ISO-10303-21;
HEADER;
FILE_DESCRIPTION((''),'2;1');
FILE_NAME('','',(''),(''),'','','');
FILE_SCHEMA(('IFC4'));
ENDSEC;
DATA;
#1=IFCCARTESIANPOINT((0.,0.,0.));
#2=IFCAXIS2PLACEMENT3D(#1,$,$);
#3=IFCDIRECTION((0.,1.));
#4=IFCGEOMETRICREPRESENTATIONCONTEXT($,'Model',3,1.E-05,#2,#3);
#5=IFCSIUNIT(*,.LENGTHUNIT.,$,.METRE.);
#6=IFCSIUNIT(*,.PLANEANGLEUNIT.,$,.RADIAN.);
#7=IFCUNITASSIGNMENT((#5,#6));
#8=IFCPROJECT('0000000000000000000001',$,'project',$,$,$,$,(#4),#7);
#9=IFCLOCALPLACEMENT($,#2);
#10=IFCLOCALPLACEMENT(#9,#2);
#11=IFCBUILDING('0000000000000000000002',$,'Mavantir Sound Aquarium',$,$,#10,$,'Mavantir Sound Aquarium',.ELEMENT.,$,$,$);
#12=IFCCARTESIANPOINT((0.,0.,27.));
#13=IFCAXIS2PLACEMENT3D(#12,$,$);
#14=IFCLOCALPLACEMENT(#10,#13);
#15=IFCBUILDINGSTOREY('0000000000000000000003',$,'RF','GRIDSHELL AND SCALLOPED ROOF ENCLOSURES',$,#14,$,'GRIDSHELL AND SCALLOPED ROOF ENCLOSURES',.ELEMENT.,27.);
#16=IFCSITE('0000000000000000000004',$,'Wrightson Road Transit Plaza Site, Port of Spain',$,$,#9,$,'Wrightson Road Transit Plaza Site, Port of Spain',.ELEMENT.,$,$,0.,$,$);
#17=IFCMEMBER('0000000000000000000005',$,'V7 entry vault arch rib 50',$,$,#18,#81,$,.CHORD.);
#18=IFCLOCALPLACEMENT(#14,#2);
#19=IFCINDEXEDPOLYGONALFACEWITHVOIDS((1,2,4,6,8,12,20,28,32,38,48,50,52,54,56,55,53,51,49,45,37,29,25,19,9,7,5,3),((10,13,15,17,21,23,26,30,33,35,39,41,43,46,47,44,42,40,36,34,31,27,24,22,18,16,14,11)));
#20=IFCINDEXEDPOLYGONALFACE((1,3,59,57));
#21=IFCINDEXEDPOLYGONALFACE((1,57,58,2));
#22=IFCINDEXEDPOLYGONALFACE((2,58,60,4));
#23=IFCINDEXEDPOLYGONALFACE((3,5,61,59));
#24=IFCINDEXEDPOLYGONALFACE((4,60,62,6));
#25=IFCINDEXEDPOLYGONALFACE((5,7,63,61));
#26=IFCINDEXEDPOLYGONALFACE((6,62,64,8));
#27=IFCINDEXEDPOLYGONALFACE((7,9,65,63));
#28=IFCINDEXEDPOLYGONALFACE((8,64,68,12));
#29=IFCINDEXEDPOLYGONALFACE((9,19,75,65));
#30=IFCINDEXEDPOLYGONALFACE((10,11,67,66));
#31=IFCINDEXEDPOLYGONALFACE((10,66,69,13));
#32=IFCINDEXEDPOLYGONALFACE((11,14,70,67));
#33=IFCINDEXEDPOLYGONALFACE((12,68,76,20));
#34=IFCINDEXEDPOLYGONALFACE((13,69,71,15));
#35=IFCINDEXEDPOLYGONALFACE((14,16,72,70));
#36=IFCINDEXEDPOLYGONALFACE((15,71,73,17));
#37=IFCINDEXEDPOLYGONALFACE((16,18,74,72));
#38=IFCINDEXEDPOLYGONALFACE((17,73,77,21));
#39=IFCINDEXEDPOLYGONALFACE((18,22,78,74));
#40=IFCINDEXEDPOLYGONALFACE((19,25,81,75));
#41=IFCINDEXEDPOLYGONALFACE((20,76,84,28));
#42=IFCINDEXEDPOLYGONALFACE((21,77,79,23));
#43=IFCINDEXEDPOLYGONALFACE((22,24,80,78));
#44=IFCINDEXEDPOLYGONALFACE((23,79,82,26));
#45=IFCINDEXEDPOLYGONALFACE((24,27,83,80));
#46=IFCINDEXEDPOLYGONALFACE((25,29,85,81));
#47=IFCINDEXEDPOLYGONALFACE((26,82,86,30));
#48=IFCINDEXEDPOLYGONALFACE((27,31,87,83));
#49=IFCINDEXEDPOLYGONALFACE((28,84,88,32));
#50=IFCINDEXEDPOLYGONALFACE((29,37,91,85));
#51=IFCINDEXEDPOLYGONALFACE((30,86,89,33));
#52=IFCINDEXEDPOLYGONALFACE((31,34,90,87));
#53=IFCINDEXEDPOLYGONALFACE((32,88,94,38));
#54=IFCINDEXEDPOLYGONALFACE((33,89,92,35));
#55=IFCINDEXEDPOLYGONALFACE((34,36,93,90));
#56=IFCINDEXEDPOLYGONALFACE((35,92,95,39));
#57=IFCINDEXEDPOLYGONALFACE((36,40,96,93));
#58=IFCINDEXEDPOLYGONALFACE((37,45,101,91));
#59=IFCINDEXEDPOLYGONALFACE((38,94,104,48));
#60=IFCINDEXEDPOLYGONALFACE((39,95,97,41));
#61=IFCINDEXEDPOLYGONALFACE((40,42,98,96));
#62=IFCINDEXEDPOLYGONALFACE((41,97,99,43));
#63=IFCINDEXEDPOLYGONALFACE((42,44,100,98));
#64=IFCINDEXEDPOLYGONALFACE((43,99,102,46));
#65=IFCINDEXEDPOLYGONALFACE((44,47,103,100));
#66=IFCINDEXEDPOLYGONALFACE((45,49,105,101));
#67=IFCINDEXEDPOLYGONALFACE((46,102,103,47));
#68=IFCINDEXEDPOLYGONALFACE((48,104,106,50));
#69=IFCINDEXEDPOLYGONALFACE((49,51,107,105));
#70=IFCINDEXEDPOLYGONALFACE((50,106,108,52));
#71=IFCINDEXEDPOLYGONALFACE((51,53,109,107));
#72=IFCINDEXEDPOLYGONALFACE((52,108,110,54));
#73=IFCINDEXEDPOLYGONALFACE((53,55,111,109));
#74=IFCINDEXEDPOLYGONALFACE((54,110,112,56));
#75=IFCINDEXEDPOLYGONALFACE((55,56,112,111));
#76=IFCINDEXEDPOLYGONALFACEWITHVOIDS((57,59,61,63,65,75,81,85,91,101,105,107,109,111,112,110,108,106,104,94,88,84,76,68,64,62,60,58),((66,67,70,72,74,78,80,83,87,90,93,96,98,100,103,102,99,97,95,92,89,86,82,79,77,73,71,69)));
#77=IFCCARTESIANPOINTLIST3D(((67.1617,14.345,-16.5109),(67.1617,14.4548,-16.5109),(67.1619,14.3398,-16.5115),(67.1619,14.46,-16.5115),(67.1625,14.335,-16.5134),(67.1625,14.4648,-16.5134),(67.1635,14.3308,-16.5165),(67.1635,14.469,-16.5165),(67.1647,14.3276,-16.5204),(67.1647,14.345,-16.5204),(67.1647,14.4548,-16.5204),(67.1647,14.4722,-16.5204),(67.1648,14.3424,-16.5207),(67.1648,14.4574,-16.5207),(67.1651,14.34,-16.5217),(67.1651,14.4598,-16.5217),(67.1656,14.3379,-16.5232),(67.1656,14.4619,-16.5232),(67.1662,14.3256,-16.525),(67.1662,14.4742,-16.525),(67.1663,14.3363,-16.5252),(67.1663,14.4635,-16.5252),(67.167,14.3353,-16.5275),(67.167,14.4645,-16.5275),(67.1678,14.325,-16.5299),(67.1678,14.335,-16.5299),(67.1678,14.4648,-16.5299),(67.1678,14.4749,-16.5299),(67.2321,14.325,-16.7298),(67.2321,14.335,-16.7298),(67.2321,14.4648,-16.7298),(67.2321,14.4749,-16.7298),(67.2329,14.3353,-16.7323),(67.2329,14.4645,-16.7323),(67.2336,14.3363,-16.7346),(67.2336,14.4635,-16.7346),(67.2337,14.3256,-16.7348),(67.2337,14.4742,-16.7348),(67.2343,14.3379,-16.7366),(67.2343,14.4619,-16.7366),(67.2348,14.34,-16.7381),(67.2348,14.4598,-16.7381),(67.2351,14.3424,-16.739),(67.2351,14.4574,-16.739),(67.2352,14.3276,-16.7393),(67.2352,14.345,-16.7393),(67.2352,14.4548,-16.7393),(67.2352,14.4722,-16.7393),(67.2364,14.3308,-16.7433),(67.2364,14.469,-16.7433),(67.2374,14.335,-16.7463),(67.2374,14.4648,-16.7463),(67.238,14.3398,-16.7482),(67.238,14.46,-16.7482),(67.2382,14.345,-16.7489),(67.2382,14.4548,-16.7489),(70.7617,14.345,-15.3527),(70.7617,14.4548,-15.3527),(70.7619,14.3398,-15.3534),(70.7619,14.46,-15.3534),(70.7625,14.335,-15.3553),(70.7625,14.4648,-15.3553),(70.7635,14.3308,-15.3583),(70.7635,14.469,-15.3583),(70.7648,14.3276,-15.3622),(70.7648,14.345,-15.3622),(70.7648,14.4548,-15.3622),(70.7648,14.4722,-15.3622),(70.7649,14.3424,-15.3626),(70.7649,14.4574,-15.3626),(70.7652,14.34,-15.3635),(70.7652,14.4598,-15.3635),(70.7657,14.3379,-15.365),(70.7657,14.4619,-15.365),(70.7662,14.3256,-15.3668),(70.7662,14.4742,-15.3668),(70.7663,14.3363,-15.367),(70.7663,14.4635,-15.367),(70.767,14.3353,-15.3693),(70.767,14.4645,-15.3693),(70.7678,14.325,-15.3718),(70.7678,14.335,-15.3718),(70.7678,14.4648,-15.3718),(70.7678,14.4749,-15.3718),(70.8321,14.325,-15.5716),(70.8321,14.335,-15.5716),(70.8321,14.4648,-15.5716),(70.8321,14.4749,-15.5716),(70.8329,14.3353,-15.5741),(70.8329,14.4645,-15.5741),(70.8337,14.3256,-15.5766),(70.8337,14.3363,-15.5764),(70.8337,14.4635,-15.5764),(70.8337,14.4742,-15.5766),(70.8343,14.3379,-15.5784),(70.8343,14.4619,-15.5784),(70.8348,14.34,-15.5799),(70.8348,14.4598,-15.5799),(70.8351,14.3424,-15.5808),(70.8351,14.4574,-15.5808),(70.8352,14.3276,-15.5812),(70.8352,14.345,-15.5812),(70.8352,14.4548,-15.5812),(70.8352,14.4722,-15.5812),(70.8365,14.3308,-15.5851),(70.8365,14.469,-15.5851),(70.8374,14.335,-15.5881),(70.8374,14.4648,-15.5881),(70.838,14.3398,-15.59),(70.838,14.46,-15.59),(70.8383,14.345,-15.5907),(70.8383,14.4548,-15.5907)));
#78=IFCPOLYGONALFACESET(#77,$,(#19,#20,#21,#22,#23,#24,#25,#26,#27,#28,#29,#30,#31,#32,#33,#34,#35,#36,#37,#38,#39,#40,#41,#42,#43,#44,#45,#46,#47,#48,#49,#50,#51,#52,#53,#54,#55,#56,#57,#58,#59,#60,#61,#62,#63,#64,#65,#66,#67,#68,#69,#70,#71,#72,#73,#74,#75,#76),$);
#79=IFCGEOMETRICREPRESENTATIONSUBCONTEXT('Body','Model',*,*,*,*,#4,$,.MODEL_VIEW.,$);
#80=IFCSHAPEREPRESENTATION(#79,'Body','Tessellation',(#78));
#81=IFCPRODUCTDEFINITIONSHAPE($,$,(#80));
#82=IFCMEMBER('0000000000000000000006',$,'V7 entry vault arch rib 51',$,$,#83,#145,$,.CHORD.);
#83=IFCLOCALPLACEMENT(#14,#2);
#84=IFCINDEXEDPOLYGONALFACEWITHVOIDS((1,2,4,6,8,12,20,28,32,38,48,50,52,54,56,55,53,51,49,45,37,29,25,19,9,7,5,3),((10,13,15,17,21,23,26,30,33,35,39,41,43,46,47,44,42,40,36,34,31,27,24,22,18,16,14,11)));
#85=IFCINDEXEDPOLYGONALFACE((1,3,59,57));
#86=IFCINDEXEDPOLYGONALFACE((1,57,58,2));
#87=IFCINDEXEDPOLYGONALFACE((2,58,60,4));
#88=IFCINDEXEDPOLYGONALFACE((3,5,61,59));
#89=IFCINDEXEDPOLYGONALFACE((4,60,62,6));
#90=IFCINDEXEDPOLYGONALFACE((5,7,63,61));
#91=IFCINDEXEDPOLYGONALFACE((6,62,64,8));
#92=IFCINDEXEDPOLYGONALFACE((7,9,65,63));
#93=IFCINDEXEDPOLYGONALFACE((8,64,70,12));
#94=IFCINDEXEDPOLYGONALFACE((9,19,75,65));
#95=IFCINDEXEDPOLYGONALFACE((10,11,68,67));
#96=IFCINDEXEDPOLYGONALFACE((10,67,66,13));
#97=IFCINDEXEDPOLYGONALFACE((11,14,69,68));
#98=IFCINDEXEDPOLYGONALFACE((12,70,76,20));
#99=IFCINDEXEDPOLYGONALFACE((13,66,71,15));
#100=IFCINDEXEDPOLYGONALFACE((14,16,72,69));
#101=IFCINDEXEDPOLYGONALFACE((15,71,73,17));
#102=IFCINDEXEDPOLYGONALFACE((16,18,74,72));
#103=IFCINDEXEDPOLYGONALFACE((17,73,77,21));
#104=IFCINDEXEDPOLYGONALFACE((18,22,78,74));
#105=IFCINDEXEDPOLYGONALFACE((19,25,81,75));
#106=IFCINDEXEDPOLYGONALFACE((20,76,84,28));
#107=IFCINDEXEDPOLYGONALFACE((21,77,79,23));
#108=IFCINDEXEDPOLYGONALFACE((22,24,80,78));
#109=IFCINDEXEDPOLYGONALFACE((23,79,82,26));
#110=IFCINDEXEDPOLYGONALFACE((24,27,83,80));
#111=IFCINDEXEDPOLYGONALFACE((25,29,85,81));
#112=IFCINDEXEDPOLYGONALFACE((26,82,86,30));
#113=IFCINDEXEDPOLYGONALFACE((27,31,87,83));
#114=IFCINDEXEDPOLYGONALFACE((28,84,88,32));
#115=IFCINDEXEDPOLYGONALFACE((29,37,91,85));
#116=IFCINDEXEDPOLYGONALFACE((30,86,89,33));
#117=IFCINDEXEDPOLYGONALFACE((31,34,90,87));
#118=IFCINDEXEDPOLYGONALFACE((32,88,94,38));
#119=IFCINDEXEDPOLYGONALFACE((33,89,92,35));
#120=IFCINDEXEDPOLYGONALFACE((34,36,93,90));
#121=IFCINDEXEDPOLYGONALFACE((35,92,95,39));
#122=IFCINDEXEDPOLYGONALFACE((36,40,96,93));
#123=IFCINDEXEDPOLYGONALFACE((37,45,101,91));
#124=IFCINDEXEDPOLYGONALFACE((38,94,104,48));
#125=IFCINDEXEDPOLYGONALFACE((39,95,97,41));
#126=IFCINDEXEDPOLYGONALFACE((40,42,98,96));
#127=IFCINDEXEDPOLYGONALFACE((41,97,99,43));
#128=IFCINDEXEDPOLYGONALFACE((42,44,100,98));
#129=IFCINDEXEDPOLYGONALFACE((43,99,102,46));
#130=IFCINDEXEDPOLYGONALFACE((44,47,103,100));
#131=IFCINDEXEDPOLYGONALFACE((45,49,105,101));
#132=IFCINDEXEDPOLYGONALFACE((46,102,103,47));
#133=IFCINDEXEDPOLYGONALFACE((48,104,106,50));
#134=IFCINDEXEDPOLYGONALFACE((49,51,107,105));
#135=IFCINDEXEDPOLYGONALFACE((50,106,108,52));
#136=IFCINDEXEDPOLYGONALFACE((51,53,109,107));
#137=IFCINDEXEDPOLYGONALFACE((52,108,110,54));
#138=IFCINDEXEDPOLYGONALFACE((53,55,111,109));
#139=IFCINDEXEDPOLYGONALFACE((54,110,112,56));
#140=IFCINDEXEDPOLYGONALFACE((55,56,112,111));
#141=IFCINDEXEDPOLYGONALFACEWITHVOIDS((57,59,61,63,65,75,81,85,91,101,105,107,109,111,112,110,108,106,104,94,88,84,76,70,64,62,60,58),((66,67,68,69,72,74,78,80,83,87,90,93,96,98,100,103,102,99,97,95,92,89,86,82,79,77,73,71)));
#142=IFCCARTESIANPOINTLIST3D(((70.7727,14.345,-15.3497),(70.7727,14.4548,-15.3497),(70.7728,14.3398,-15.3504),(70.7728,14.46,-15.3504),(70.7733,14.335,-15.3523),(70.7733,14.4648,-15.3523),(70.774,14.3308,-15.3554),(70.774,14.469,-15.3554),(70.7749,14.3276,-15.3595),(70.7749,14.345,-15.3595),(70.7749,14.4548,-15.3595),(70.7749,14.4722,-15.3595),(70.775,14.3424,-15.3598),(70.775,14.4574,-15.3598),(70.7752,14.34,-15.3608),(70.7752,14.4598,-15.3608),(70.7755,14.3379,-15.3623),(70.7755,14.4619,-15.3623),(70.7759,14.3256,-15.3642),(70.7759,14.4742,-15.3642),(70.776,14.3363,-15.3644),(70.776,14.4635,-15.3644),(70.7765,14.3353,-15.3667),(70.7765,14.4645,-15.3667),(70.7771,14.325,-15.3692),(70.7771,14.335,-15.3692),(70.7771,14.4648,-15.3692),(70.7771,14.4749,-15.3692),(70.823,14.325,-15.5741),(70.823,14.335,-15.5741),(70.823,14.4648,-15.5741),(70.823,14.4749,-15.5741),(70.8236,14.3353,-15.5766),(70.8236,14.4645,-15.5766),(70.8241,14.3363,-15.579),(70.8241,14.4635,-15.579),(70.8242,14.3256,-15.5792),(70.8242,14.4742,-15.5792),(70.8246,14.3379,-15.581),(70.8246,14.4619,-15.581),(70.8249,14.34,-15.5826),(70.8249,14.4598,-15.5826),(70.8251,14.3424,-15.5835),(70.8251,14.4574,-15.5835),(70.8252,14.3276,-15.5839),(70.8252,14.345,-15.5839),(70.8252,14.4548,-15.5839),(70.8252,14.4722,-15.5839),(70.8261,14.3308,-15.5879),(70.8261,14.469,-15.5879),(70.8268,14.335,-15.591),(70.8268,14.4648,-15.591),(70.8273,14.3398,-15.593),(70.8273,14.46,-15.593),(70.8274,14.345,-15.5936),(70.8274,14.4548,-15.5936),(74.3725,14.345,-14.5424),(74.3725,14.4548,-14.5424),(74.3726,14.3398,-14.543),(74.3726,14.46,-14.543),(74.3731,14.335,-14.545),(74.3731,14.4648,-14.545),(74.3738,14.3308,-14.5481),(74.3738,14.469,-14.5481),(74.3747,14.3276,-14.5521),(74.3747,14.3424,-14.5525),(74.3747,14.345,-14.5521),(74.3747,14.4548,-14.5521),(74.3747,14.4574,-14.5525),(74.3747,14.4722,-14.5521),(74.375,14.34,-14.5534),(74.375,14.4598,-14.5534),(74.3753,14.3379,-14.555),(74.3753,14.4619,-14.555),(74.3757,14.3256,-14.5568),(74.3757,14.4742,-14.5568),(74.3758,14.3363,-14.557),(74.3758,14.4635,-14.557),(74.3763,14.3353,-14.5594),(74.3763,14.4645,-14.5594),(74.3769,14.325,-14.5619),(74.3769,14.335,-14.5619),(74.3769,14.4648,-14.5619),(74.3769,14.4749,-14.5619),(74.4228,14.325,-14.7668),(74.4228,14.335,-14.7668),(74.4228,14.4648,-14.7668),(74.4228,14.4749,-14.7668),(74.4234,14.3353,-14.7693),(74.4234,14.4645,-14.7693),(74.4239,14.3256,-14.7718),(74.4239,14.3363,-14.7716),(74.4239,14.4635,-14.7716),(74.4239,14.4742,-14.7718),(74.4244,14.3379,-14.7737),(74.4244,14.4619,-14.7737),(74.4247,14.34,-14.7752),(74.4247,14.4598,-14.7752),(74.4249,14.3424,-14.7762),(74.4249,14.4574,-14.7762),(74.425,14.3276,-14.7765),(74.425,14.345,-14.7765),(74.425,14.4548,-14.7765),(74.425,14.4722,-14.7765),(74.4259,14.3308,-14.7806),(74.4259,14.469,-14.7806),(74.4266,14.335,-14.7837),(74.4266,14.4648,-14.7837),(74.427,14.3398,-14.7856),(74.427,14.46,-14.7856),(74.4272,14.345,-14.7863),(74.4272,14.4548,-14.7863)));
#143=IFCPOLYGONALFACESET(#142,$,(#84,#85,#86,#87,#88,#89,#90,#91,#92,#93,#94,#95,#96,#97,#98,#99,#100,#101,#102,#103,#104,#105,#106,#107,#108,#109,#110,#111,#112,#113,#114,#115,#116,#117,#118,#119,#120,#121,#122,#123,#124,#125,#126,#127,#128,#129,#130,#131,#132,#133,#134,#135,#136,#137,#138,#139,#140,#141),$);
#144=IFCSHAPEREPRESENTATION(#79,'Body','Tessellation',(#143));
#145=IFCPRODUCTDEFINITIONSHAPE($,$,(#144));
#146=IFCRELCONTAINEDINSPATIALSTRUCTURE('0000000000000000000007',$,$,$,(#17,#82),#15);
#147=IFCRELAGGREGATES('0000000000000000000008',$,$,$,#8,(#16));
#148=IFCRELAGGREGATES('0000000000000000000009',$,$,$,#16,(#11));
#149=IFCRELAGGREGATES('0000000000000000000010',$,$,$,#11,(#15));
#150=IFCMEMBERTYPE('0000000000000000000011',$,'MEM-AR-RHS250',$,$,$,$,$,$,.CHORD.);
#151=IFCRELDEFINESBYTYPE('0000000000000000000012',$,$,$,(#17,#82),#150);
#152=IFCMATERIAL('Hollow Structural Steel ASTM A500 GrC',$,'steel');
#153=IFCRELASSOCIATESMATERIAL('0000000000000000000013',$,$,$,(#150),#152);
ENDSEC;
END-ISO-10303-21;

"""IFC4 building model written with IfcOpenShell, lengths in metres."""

from ifc_helpers import new_model, si_unit, direction, frame, origin, origin_2d, place, context, subcontext, project, spatial, hollow_rectangle, extrude, material, material_profile, profile_set, type_object, element, save


model = new_model("IFC4")

# Units and contexts
model_context = context("Model", 3, precision=1e-05, world=origin(), true_north=direction((0.0, 1.0)))
body_context = subcontext(model_context, "Body", "Model", "MODEL_VIEW")
ifc_project = project(units=[si_unit("LENGTHUNIT", "METRE"), si_unit("PLANEANGLEUNIT", "RADIAN")], contexts=[model_context])

# Site, building, storey
site_placement = place(None, origin())
site = spatial("IfcSite", under=ifc_project, at=site_placement, Name="Wrightson Road Transit Plaza Site, Port of Spain", LongName="Wrightson Road Transit Plaza Site, Port of Spain", CompositionType="ELEMENT", RefElevation=0.0)
building_placement = place(site_placement, origin())
building = spatial("IfcBuilding", under=site, at=building_placement, Name="Mavantir Sound Aquarium", LongName="Mavantir Sound Aquarium", CompositionType="ELEMENT")
storey_placement = place(building_placement, frame((0.0, 0.0, 27.0)))
storey = spatial("IfcBuildingStorey", under=building, at=storey_placement, Name="RF", Description="GRIDSHELL AND SCALLOPED ROOF ENCLOSURES", LongName="GRIDSHELL AND SCALLOPED ROOF ENCLOSURES", CompositionType="ELEMENT", Elevation=27.0)

# Shared definitions
ifc_material_1 = material(Name="Hollow Structural Steel ASTM A500 GrC", Category="steel")

# Members
ifc_material_profile_1 = material_profile(ifc_material_1, hollow_rectangle(XDim=0.1499, YDim=0.25, WallThickness=0.01, InnerFilletRadius=0.01, OuterFilletRadius=0.02, at=origin_2d()), Name="RHS 250X150X10")
ifc_profile_set_1 = profile_set([ifc_material_profile_1], Name="Hollow Structural Steel ASTM A500 GrC")
member_type_1 = type_object("IfcMemberType", Name="MEM-AR-RHS250", PredefinedType="CHORD", material=ifc_profile_set_1)
member_1_placement = place(storey_placement, frame((67.2, 14.3999, -16.6299), z_axis=(0.951949, 0.0, 0.306256), x_axis=(0.0, 1.0, 0.0)))
element("IfcMember", 1, at=member_1_placement, inside=storey, type_object=member_type_1, Name="V7 entry vault arch rib 50", PredefinedType="CHORD", context=body_context, shape_type="SweptSolid", body=[
    extrude(hollow_rectangle(XDim=0.1499, YDim=0.25, WallThickness=0.01, InnerFilletRadius=0.01, OuterFilletRadius=0.02, at=origin_2d()), origin(), (0.0, 0.0, 1.0), 3.7817),
])
member_2_placement = place(storey_placement, frame((70.8, 14.3999, -15.4717), z_axis=(0.97576, 0.0, 0.218843), x_axis=(0.0, 1.0, 0.0)))
element("IfcMember", 2, at=member_2_placement, inside=storey, type_object=member_type_1, Name="V7 entry vault arch rib 51", PredefinedType="CHORD", context=body_context, shape_type="SweptSolid", body=[
    extrude(hollow_rectangle(XDim=0.1499, YDim=0.25, WallThickness=0.01, InnerFilletRadius=0.01, OuterFilletRadius=0.02, at=origin_2d()), origin(), (0.0, 0.0, 1.0), 3.6892),
])

save(model, "model.ifc")
